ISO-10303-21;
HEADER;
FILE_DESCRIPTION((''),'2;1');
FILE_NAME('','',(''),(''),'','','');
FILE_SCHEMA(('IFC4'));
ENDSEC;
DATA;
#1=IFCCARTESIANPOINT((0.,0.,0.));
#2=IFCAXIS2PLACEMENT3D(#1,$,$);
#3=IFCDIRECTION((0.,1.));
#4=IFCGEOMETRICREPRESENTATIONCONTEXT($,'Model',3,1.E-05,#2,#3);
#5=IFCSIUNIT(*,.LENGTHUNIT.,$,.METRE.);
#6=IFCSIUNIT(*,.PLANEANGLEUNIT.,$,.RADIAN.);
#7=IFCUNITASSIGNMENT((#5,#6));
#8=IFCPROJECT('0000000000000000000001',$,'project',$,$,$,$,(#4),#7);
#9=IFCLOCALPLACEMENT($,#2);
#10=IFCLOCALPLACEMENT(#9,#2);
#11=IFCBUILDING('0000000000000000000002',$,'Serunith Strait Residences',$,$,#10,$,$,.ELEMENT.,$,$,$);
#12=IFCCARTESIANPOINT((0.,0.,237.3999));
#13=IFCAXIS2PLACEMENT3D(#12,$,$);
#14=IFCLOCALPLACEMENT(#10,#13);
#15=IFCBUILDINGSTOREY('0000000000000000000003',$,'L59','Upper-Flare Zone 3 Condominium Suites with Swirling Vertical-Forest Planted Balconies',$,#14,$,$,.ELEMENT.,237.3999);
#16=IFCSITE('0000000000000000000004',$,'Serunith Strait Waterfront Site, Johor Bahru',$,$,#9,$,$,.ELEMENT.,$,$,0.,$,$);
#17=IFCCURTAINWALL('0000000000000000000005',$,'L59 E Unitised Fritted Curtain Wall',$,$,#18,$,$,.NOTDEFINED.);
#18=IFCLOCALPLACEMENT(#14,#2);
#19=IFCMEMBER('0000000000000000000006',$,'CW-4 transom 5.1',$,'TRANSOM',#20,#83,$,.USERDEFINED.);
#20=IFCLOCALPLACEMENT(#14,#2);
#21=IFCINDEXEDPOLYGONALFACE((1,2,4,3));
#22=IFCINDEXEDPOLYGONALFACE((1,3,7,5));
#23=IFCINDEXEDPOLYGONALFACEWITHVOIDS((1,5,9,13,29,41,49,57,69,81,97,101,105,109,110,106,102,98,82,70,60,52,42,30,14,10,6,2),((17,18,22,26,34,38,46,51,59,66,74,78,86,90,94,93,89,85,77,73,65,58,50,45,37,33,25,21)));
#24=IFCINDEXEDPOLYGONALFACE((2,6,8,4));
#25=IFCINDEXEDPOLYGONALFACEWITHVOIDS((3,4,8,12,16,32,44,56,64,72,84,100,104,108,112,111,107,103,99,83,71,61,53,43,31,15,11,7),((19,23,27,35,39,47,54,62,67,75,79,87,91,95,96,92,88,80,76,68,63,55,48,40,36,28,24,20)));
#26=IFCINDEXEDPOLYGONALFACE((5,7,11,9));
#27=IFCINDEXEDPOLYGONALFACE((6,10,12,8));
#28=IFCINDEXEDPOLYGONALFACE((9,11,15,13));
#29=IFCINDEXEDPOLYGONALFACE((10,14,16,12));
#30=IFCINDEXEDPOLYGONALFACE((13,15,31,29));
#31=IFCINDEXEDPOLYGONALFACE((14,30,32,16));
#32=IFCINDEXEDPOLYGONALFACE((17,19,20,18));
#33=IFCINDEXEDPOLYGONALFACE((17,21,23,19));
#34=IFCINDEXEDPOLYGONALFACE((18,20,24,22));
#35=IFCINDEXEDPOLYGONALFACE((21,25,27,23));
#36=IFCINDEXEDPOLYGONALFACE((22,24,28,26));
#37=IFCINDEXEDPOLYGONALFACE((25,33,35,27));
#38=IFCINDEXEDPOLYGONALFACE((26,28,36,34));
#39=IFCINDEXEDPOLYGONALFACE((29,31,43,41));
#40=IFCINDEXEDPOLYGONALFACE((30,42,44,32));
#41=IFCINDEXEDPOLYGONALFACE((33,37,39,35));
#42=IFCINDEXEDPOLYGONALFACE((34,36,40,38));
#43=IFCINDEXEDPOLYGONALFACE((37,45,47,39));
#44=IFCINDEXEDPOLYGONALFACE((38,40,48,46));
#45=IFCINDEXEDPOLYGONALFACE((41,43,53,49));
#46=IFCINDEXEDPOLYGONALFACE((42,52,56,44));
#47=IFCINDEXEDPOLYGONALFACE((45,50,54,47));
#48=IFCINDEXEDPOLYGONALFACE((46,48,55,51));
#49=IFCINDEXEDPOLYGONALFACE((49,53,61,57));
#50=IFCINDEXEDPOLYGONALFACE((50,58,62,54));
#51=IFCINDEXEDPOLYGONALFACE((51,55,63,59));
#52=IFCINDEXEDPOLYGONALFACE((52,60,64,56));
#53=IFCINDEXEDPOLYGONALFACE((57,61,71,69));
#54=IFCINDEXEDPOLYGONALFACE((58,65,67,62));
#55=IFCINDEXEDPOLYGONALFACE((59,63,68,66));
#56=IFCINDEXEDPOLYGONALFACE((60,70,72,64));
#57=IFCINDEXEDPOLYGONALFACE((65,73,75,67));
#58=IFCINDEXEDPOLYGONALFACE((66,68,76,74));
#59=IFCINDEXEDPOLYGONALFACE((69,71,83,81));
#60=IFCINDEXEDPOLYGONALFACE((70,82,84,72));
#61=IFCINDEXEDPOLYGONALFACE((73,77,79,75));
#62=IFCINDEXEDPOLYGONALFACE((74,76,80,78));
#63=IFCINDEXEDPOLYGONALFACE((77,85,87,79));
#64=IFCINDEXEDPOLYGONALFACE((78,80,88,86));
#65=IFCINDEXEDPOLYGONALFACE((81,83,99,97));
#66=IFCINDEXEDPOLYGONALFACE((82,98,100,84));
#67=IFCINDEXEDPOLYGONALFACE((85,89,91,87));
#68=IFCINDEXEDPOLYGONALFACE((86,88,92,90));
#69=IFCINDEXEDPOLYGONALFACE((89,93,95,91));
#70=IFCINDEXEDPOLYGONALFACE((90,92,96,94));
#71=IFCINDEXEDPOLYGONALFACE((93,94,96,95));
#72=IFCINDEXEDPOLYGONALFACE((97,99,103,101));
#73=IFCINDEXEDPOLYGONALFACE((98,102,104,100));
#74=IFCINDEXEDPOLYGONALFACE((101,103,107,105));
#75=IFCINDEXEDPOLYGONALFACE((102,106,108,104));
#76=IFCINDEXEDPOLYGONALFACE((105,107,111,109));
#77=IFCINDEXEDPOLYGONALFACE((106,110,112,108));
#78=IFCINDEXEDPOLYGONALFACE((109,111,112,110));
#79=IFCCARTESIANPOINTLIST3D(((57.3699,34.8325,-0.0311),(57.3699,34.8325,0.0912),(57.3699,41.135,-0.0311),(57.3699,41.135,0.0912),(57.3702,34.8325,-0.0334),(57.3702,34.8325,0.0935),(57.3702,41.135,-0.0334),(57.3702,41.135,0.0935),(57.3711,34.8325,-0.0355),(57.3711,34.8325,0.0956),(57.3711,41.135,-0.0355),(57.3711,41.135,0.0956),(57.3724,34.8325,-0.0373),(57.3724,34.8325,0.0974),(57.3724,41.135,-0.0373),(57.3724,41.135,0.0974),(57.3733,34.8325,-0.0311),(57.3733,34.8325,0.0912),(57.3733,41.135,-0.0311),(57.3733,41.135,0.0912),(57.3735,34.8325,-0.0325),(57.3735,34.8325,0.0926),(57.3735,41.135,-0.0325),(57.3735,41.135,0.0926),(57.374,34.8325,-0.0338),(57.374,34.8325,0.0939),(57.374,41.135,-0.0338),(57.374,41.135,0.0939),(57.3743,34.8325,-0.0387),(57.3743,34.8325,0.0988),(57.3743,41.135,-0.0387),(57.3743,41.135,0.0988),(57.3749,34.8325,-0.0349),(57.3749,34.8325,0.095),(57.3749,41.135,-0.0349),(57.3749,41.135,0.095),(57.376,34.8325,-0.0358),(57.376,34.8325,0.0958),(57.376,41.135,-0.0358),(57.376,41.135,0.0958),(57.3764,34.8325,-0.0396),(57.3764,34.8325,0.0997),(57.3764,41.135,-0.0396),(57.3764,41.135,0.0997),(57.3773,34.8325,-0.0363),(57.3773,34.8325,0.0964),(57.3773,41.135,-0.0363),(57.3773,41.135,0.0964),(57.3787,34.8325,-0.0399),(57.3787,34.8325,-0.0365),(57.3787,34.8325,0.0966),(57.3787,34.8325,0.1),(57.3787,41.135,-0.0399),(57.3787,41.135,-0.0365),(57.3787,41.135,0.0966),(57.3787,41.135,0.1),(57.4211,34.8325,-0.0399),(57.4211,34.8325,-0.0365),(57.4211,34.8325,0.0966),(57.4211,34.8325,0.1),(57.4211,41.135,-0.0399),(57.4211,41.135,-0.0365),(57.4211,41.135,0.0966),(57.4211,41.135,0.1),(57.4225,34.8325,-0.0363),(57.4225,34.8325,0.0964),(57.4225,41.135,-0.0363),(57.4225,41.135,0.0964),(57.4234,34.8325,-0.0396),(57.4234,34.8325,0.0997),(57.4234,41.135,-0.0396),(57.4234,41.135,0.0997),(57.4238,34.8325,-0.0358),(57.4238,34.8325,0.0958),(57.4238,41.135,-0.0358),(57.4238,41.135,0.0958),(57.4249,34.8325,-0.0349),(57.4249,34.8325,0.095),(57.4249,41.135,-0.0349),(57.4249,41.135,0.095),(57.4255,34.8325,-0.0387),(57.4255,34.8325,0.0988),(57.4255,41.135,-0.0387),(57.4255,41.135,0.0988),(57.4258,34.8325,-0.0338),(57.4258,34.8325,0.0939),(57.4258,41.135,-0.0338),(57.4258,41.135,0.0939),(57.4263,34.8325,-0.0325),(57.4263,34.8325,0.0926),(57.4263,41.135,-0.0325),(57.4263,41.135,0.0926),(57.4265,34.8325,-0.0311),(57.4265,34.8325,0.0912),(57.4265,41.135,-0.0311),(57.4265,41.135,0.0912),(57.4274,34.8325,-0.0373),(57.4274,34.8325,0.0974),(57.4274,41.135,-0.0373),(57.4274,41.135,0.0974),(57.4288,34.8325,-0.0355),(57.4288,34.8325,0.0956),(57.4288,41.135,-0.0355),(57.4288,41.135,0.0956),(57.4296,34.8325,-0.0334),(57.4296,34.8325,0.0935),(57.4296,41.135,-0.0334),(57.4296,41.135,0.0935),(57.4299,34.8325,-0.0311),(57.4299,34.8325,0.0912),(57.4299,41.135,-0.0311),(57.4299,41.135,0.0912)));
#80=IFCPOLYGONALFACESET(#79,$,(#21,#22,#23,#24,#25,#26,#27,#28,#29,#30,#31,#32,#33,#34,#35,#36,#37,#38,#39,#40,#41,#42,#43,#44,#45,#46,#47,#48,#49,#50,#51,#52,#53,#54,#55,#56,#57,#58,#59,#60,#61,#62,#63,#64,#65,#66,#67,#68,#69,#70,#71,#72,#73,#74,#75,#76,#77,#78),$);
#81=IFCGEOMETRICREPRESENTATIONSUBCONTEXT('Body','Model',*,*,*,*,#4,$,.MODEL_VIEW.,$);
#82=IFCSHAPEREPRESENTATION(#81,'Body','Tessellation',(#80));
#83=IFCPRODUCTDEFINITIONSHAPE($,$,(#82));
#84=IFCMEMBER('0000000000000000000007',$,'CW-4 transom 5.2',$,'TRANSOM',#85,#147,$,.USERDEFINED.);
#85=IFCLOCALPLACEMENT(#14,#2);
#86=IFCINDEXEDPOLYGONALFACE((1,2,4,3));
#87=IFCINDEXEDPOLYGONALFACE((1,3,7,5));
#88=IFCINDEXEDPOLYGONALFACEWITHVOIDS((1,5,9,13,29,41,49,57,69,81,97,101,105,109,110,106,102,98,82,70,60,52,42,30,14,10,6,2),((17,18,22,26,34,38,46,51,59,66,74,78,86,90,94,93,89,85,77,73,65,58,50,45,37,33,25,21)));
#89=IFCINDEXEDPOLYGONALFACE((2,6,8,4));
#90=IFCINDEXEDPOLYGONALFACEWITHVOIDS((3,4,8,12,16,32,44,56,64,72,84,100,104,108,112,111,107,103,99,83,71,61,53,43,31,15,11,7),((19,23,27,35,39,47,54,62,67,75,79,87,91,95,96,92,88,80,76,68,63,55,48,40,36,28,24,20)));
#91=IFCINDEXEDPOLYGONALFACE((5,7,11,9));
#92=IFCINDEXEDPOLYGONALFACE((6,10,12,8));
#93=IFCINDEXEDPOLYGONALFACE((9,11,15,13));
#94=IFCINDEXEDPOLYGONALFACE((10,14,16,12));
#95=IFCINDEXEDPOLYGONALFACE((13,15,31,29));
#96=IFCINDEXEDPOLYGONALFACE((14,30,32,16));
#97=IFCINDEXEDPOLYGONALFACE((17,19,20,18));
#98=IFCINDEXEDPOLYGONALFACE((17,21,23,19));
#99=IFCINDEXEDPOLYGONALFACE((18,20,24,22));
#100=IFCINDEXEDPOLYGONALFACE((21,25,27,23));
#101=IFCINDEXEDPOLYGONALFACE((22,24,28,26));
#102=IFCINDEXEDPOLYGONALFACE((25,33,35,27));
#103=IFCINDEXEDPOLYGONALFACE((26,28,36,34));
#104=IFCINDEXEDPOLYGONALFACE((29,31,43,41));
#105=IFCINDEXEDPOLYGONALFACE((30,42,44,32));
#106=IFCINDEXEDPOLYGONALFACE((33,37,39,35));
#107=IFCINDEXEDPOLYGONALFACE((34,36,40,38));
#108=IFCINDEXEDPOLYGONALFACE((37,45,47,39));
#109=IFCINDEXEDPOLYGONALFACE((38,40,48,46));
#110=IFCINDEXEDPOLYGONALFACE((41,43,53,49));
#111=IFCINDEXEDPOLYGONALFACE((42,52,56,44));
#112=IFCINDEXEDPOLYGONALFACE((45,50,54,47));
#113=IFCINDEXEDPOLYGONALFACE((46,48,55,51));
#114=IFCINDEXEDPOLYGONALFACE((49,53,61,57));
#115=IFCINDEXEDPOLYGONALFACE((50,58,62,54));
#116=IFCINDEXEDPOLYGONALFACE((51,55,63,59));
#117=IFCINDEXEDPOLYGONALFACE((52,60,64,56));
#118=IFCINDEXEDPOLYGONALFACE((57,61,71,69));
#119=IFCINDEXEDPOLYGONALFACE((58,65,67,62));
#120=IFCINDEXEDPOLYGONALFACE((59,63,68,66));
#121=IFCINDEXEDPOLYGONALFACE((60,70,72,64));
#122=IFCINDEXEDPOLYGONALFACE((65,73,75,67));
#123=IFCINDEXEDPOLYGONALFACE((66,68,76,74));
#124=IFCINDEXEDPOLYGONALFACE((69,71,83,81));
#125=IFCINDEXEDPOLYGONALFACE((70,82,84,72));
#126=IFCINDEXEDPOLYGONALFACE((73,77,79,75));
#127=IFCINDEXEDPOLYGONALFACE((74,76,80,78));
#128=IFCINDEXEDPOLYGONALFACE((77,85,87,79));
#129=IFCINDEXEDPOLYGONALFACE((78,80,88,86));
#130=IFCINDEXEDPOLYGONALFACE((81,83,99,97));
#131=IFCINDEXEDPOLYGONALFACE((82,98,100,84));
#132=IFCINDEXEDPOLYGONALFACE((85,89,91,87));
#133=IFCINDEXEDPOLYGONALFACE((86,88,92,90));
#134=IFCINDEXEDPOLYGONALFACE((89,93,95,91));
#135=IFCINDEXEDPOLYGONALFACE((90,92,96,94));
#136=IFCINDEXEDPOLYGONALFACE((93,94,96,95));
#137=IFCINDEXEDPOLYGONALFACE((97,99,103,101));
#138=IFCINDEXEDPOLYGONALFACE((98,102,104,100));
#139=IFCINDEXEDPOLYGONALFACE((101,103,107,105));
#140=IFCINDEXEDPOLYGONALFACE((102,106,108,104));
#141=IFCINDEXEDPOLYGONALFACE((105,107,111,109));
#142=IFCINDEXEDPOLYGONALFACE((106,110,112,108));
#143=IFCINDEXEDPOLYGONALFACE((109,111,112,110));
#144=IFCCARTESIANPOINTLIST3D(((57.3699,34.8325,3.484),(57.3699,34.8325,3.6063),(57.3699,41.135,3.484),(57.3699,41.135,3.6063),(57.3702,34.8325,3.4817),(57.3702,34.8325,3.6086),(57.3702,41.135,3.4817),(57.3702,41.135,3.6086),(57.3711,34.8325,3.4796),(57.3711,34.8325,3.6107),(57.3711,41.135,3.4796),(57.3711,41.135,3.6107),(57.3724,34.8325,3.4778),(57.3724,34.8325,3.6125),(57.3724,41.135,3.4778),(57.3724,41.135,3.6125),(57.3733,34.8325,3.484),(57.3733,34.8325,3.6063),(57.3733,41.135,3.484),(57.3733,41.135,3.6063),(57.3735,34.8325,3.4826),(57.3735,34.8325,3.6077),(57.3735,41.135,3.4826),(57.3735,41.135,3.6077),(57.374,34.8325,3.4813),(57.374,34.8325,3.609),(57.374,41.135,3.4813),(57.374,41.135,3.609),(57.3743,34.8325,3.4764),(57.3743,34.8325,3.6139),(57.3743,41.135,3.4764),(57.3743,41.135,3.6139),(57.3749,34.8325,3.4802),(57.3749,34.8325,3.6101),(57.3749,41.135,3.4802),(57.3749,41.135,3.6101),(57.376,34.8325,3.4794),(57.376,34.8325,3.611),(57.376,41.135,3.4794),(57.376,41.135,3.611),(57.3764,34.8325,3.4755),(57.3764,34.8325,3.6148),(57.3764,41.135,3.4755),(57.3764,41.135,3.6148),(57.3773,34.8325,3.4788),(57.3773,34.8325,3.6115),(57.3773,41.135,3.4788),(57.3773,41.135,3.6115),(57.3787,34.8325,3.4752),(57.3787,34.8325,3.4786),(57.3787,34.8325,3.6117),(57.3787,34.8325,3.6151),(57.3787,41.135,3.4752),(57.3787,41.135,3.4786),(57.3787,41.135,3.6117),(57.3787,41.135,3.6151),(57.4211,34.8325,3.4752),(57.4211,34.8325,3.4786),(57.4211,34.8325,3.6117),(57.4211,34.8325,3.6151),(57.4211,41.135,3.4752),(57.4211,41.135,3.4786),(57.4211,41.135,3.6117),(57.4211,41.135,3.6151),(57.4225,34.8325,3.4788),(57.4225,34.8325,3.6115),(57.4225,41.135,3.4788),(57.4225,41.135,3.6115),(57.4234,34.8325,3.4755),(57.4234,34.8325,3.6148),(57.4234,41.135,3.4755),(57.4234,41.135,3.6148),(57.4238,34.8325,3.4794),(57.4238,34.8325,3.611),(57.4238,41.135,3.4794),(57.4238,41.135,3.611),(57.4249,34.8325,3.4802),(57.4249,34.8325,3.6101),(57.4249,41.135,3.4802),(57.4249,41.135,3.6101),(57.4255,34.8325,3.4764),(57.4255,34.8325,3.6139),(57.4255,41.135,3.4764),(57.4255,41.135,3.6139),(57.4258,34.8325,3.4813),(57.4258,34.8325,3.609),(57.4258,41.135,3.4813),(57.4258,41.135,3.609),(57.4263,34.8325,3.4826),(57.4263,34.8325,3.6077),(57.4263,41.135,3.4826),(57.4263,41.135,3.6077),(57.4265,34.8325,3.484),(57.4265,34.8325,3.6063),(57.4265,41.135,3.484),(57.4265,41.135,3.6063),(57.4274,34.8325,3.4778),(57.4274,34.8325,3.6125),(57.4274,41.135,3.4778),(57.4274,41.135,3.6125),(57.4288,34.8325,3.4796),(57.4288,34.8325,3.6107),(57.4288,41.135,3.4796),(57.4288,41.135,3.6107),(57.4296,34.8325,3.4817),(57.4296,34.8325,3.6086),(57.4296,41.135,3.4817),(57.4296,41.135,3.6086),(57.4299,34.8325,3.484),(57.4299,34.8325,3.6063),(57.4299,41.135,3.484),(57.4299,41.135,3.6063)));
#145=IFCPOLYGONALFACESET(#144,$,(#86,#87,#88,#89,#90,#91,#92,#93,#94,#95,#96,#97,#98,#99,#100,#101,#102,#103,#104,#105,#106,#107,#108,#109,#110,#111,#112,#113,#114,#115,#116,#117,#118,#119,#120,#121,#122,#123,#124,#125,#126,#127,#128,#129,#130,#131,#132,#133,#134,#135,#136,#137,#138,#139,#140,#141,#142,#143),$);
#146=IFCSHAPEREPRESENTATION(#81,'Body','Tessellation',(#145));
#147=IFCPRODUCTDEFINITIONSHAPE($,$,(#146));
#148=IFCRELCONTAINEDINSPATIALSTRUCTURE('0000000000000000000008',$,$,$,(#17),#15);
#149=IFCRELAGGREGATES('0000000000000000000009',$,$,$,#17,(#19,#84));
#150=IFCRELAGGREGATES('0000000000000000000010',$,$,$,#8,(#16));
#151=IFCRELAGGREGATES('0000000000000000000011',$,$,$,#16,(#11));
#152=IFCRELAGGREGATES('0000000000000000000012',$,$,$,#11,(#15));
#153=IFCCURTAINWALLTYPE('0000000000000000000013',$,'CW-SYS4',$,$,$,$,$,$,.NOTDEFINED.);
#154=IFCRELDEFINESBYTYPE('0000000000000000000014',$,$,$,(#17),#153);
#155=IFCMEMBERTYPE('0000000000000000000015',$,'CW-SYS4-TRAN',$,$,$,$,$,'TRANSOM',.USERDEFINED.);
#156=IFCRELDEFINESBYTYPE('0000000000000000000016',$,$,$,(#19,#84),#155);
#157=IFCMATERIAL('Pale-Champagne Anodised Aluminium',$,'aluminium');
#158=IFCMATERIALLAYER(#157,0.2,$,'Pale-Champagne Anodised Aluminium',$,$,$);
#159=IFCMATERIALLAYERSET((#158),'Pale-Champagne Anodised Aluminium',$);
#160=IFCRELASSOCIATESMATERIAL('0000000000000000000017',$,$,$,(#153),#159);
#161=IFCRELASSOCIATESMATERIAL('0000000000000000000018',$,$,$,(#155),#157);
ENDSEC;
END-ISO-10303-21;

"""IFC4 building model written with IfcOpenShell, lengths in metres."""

from ifc_helpers import new_model, si_unit, direction, frame, origin, origin_2d, place, context, subcontext, project, spatial, hollow_rectangle, extrude, source, transform, mapped, material, layer, layer_set, material_profile, profile_set, type_object, element, aggregate, save


model = new_model("IFC4")

# Units and contexts
model_context = context("Model", 3, precision=1e-05, world=origin(), true_north=direction((0.0, 1.0)))
body_context = subcontext(model_context, "Body", "Model", "MODEL_VIEW")
ifc_project = project(units=[si_unit("LENGTHUNIT", "METRE"), si_unit("PLANEANGLEUNIT", "RADIAN")], contexts=[model_context])

# Site, building, storey
site_placement = place(None, origin())
site = spatial("IfcSite", under=ifc_project, at=site_placement, Name="Serunith Strait Waterfront Site, Johor Bahru", CompositionType="ELEMENT", RefElevation=0.0)
building_placement = place(site_placement, origin())
building = spatial("IfcBuilding", under=site, at=building_placement, Name="Serunith Strait Residences", CompositionType="ELEMENT")
storey_placement = place(building_placement, frame((0.0, 0.0, 237.3999)))
storey = spatial("IfcBuildingStorey", under=building, at=storey_placement, Name="L59", Description="Upper-Flare Zone 3 Condominium Suites with Swirling Vertical-Forest Planted Balconies", CompositionType="ELEMENT", Elevation=237.3999)

# Curtain wall, members
ifc_material_1 = material(Name="Pale-Champagne Anodised Aluminium", Category="aluminium")
ifc_layer_1 = layer(ifc_material_1, 0.2, Name="Pale-Champagne Anodised Aluminium")
ifc_layer_set_1 = layer_set([ifc_layer_1], Name="Pale-Champagne Anodised Aluminium")
curtain_wall_type = type_object("IfcCurtainWallType", Name="CW-SYS4", PredefinedType="NOTDEFINED", material=ifc_layer_set_1)
curtain_wall_placement = place(storey_placement, origin())
curtain_wall = element("IfcCurtainWall", 1, at=curtain_wall_placement, inside=storey, type_object=curtain_wall_type, Name="L59 E Unitised Fritted Curtain Wall", PredefinedType="NOTDEFINED")
ifc_material_profile_1 = material_profile(ifc_material_1, hollow_rectangle(XDim=0.0601, YDim=0.1399, WallThickness=0.0034, InnerFilletRadius=0.0054, OuterFilletRadius=0.0088, at=origin_2d()), Name="ALU 140x60x3.5")
ifc_profile_set_1 = profile_set([ifc_material_profile_1], Name="Pale-Champagne Anodised Aluminium")
member_type_1 = type_object("IfcMemberType", Name="CW-SYS4-TRAN", ElementType="TRANSOM", PredefinedType="USERDEFINED", material=ifc_profile_set_1)
shared_shape_1 = source(origin(), body_context, "Body", "SweptSolid", [
    extrude(hollow_rectangle(XDim=0.0601, YDim=0.1399, WallThickness=0.0034, InnerFilletRadius=0.0054, OuterFilletRadius=0.0088, at=origin_2d()), origin(), (0.0, 0.0, 1.0), 6.3025),
])
member_1_placement = place(storey_placement, frame((57.3999, 34.8325, 0.03), z_axis=(0.0, 1.0, 0.0), x_axis=(-1.0, 0.0, 0.0)))
member_1 = element("IfcMember", 2, at=member_1_placement, type_object=member_type_1, Name="CW-4 transom 5.1", ObjectType="TRANSOM", PredefinedType="USERDEFINED", context=body_context, shape_type="MappedRepresentation", body=[
    mapped(shared_shape_1, transform((0.0, 0.0, 0.0), scale=1.0)),
])
member_2_placement = place(storey_placement, frame((57.3999, 34.8325, 3.5452), z_axis=(0.0, 1.0, 0.0), x_axis=(-1.0, 0.0, 0.0)))
member_2 = element("IfcMember", 3, at=member_2_placement, type_object=member_type_1, Name="CW-4 transom 5.2", ObjectType="TRANSOM", PredefinedType="USERDEFINED", context=body_context, shape_type="MappedRepresentation", body=[
    mapped(shared_shape_1, transform((0.0, 0.0, 0.0), scale=1.0)),
])
aggregate(curtain_wall, [member_1, member_2])

save(model, "model.ifc")
